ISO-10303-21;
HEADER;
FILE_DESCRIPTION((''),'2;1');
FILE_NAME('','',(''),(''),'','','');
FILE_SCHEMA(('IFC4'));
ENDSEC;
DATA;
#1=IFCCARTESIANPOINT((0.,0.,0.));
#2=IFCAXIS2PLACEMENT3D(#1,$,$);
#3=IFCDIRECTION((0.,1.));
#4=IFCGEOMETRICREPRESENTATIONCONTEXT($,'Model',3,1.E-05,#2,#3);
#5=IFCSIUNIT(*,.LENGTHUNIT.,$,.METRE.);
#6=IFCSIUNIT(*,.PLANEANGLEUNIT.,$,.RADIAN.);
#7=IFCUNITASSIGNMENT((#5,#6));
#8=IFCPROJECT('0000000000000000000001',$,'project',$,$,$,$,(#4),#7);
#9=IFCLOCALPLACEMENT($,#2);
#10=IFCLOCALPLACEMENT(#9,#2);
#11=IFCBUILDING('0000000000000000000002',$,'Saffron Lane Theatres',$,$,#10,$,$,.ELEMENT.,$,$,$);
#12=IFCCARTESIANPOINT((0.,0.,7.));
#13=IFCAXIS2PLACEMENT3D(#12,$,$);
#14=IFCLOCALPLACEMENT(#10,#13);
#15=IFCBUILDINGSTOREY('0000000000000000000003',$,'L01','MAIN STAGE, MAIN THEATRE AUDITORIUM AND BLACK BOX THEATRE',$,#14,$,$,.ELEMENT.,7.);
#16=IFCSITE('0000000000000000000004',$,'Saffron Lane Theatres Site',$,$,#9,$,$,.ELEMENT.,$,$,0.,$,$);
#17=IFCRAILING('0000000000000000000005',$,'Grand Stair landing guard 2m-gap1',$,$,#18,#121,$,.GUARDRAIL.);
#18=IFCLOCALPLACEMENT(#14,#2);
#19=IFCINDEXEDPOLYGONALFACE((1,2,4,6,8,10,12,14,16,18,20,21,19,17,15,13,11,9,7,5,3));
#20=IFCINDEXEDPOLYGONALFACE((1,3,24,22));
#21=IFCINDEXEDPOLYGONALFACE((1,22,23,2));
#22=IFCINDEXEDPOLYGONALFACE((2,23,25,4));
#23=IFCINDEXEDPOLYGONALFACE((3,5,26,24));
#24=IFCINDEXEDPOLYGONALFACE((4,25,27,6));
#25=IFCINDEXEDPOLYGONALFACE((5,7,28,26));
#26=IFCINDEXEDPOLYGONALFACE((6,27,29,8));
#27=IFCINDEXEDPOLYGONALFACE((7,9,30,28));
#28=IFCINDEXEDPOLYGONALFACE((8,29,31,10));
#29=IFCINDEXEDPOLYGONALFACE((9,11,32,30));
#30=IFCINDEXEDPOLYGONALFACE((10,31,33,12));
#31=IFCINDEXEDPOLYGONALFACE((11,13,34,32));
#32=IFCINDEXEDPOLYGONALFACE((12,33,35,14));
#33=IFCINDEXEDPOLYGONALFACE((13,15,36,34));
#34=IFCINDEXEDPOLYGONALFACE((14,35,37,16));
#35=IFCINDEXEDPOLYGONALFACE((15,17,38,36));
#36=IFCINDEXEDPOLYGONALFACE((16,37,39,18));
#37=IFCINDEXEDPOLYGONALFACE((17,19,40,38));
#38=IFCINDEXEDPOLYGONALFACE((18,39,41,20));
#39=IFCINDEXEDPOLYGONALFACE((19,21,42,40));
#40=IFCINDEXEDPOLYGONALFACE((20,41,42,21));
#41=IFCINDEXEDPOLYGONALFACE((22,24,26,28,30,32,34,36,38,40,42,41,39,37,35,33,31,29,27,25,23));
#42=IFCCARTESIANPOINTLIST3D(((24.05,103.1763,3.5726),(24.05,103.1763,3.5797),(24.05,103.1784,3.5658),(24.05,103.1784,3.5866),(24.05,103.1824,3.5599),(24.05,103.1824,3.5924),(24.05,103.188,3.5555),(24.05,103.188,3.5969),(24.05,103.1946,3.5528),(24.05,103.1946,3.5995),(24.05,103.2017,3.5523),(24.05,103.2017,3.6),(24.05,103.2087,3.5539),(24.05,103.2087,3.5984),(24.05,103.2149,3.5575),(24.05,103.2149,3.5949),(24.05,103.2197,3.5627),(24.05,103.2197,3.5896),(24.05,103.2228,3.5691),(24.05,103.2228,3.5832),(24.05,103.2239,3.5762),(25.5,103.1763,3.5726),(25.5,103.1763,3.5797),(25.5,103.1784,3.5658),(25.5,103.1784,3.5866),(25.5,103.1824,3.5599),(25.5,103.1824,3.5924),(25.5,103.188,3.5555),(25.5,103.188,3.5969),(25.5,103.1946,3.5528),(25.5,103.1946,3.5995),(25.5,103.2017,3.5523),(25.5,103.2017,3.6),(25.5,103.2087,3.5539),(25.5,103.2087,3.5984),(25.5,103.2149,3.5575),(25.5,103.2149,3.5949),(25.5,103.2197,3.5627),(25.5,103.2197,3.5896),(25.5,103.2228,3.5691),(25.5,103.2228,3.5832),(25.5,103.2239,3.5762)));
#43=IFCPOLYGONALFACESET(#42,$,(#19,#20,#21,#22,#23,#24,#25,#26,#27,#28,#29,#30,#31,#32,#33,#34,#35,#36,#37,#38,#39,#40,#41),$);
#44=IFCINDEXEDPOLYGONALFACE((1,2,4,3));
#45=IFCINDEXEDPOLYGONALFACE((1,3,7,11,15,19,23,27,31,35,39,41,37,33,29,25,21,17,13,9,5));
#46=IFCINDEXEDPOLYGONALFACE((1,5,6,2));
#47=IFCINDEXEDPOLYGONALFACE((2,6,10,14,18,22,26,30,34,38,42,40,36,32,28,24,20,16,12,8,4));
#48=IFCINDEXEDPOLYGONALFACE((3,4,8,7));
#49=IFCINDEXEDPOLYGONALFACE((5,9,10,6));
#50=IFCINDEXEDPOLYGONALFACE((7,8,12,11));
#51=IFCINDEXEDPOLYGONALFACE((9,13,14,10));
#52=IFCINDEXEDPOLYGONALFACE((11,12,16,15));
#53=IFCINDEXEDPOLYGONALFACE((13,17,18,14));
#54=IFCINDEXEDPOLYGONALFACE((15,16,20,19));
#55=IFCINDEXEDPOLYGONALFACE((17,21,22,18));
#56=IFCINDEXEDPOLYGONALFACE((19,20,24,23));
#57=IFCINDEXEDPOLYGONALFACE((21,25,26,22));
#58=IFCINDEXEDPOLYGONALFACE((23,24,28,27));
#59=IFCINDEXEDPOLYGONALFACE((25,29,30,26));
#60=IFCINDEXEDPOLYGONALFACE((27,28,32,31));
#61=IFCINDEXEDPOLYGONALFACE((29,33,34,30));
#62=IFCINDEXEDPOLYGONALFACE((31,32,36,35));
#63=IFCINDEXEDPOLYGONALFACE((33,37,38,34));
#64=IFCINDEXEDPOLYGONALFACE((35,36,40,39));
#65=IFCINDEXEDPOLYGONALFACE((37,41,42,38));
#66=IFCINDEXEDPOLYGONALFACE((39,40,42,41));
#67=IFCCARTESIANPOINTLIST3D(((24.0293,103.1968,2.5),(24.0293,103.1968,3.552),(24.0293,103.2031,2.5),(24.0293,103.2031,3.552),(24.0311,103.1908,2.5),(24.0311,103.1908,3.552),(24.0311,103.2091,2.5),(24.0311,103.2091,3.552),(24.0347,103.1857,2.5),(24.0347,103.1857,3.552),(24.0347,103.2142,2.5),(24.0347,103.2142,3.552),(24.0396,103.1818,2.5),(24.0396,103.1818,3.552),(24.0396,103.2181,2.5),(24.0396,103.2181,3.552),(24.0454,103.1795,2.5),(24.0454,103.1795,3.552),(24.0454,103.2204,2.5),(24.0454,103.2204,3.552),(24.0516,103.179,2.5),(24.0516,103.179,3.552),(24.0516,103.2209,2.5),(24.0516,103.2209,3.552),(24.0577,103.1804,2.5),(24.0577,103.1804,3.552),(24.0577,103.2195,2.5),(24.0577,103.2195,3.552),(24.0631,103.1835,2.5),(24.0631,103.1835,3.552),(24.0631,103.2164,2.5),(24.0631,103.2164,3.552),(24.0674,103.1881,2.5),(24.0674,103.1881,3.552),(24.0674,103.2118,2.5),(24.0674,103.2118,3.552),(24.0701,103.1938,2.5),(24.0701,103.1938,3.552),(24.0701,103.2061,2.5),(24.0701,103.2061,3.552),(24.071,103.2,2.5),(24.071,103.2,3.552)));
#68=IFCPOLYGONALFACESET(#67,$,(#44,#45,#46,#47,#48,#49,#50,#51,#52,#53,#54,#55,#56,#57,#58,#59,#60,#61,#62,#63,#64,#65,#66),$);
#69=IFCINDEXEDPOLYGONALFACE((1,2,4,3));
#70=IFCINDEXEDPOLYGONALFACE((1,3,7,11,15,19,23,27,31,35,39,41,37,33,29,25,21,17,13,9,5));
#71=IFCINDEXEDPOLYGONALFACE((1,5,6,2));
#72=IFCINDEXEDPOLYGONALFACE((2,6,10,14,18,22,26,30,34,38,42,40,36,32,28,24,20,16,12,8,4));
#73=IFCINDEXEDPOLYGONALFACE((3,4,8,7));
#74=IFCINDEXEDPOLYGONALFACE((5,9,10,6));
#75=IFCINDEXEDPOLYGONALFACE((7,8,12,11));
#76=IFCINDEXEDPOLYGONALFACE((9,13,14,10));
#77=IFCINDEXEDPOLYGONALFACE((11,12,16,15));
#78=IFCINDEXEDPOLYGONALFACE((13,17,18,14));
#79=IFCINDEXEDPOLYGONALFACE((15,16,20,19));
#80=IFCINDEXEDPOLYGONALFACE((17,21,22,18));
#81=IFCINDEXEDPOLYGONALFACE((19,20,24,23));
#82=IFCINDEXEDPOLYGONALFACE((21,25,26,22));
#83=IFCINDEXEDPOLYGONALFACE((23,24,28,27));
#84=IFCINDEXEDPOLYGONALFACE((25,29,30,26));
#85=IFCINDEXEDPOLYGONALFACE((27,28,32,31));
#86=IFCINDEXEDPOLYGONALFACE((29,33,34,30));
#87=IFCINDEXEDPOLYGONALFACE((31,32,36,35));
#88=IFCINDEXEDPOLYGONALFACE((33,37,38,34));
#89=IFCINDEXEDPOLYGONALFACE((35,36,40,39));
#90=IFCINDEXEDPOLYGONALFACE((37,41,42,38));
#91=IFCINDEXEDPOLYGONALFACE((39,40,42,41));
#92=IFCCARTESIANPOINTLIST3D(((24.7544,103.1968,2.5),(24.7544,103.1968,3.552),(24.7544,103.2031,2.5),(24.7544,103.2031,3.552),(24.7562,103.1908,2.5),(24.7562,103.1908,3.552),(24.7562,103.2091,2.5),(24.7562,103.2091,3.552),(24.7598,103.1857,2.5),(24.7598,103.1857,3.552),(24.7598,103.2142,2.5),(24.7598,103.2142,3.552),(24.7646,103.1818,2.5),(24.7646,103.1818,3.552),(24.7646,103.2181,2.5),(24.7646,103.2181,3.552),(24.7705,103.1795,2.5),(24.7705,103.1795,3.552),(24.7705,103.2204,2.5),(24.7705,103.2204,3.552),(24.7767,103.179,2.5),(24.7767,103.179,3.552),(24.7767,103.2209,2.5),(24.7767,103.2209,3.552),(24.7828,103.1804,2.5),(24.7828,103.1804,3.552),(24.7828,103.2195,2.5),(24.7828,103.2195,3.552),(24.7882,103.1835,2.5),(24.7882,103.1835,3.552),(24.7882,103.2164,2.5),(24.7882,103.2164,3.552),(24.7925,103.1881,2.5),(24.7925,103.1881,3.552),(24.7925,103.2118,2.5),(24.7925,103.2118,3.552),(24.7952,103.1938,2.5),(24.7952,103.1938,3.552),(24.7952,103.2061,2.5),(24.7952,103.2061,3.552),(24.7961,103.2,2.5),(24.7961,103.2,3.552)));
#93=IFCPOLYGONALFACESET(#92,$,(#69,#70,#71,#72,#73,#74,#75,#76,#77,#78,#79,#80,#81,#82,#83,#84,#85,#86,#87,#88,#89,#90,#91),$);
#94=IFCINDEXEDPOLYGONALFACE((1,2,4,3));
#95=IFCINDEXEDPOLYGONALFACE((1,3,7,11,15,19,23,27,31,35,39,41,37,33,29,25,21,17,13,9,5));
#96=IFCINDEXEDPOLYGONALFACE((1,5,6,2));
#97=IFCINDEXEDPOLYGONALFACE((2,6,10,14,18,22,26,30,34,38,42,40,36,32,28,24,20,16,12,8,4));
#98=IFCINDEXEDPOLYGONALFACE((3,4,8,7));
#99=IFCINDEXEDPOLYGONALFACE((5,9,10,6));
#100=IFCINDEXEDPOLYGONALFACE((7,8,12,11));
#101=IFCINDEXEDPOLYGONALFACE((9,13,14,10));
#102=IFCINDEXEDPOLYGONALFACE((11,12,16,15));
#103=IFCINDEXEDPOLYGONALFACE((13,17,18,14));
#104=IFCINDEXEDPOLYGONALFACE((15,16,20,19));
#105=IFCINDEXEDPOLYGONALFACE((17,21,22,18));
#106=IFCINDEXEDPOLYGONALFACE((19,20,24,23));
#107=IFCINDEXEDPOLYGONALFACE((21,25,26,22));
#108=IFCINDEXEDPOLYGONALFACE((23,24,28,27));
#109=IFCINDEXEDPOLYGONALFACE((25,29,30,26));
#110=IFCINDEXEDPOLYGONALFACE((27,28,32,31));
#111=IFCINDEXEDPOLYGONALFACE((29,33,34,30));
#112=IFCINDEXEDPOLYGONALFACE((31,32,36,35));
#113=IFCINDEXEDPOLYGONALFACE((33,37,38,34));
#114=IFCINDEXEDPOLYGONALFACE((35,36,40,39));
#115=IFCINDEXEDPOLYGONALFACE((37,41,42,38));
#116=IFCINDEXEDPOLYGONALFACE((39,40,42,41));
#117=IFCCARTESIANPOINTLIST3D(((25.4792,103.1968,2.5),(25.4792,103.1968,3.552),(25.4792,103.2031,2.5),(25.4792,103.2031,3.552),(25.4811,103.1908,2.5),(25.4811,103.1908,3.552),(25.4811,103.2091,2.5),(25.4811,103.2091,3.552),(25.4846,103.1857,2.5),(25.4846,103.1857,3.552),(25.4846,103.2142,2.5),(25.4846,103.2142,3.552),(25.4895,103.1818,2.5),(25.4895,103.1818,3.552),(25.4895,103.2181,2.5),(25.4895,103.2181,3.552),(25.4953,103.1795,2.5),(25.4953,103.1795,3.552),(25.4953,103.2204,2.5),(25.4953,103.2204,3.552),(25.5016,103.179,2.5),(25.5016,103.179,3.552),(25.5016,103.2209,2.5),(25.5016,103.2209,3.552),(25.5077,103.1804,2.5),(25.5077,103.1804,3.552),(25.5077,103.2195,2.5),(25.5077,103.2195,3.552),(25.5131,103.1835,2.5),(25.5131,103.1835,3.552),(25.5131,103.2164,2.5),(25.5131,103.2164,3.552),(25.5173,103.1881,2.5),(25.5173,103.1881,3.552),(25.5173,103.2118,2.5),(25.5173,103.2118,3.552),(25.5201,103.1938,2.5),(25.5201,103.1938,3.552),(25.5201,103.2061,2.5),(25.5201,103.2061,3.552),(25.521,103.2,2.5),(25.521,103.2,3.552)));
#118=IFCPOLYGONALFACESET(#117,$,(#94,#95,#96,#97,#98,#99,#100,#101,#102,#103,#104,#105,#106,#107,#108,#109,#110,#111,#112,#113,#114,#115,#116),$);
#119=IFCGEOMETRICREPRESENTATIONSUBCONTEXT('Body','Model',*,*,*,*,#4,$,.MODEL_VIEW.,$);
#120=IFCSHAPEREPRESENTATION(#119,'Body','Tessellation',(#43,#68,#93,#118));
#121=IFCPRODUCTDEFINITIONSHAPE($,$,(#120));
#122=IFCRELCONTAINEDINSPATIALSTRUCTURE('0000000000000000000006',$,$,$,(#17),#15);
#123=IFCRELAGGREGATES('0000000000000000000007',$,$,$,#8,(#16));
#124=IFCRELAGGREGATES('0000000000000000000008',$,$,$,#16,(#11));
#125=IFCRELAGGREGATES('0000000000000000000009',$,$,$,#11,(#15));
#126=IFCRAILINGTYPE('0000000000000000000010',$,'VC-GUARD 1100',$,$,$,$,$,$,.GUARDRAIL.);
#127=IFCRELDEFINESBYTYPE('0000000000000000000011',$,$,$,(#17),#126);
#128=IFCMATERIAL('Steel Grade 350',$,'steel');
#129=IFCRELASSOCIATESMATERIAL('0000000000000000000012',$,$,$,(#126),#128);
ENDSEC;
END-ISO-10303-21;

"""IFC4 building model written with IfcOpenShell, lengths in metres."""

from ifc_helpers import new_model, si_unit, direction, frame, origin, origin_2d, place, context, subcontext, project, spatial, circle, extrude, material, type_object, element, save


model = new_model("IFC4")

# Units and contexts
model_context = context("Model", 3, precision=1e-05, world=origin(), true_north=direction((0.0, 1.0)))
body_context = subcontext(model_context, "Body", "Model", "MODEL_VIEW")
ifc_project = project(units=[si_unit("LENGTHUNIT", "METRE"), si_unit("PLANEANGLEUNIT", "RADIAN")], contexts=[model_context])

# Site, building, storey
site_placement = place(None, origin())
site = spatial("IfcSite", under=ifc_project, at=site_placement, Name="Saffron Lane Theatres Site", CompositionType="ELEMENT", RefElevation=0.0)
building_placement = place(site_placement, origin())
building = spatial("IfcBuilding", under=site, at=building_placement, Name="Saffron Lane Theatres", CompositionType="ELEMENT")
storey_placement = place(building_placement, frame((0.0, 0.0, 7.0)))
storey = spatial("IfcBuildingStorey", under=building, at=storey_placement, Name="L01", Description="MAIN STAGE, MAIN THEATRE AUDITORIUM AND BLACK BOX THEATRE", CompositionType="ELEMENT", Elevation=7.0)

# Railing
ifc_material_1 = material(Name="Steel Grade 350", Category="steel")
railing_type_1 = type_object("IfcRailingType", Name="VC-GUARD 1100", PredefinedType="GUARDRAIL", material=ifc_material_1)
railing_1_placement = place(storey_placement, frame((24.05, 103.2, 2.5)))
element("IfcRailing", 1, at=railing_1_placement, inside=storey, type_object=railing_type_1, Name="Grand Stair landing guard 2m-gap1", PredefinedType="GUARDRAIL", context=body_context, shape_type="SweptSolid", body=[
    extrude(circle(Radius=0.0239, at=origin_2d()), frame((0.0, 0.0, 1.0762), z_axis=(1.0, 0.0, 0.0), x_axis=(0.0, 1.0, 0.0)), (0.0, 0.0, 1.0), 1.45),
    extrude(circle(Radius=0.021, at=origin_2d()), origin(), (0.0, 0.0, 1.0), 1.052),
    extrude(circle(Radius=0.021, at=origin_2d()), frame((0.7251, 0.0, 0.0)), (0.0, 0.0, 1.0), 1.052),
    extrude(circle(Radius=0.021, at=origin_2d()), frame((1.45, 0.0, 0.0)), (0.0, 0.0, 1.0), 1.052),
])

save(model, "model.ifc")
